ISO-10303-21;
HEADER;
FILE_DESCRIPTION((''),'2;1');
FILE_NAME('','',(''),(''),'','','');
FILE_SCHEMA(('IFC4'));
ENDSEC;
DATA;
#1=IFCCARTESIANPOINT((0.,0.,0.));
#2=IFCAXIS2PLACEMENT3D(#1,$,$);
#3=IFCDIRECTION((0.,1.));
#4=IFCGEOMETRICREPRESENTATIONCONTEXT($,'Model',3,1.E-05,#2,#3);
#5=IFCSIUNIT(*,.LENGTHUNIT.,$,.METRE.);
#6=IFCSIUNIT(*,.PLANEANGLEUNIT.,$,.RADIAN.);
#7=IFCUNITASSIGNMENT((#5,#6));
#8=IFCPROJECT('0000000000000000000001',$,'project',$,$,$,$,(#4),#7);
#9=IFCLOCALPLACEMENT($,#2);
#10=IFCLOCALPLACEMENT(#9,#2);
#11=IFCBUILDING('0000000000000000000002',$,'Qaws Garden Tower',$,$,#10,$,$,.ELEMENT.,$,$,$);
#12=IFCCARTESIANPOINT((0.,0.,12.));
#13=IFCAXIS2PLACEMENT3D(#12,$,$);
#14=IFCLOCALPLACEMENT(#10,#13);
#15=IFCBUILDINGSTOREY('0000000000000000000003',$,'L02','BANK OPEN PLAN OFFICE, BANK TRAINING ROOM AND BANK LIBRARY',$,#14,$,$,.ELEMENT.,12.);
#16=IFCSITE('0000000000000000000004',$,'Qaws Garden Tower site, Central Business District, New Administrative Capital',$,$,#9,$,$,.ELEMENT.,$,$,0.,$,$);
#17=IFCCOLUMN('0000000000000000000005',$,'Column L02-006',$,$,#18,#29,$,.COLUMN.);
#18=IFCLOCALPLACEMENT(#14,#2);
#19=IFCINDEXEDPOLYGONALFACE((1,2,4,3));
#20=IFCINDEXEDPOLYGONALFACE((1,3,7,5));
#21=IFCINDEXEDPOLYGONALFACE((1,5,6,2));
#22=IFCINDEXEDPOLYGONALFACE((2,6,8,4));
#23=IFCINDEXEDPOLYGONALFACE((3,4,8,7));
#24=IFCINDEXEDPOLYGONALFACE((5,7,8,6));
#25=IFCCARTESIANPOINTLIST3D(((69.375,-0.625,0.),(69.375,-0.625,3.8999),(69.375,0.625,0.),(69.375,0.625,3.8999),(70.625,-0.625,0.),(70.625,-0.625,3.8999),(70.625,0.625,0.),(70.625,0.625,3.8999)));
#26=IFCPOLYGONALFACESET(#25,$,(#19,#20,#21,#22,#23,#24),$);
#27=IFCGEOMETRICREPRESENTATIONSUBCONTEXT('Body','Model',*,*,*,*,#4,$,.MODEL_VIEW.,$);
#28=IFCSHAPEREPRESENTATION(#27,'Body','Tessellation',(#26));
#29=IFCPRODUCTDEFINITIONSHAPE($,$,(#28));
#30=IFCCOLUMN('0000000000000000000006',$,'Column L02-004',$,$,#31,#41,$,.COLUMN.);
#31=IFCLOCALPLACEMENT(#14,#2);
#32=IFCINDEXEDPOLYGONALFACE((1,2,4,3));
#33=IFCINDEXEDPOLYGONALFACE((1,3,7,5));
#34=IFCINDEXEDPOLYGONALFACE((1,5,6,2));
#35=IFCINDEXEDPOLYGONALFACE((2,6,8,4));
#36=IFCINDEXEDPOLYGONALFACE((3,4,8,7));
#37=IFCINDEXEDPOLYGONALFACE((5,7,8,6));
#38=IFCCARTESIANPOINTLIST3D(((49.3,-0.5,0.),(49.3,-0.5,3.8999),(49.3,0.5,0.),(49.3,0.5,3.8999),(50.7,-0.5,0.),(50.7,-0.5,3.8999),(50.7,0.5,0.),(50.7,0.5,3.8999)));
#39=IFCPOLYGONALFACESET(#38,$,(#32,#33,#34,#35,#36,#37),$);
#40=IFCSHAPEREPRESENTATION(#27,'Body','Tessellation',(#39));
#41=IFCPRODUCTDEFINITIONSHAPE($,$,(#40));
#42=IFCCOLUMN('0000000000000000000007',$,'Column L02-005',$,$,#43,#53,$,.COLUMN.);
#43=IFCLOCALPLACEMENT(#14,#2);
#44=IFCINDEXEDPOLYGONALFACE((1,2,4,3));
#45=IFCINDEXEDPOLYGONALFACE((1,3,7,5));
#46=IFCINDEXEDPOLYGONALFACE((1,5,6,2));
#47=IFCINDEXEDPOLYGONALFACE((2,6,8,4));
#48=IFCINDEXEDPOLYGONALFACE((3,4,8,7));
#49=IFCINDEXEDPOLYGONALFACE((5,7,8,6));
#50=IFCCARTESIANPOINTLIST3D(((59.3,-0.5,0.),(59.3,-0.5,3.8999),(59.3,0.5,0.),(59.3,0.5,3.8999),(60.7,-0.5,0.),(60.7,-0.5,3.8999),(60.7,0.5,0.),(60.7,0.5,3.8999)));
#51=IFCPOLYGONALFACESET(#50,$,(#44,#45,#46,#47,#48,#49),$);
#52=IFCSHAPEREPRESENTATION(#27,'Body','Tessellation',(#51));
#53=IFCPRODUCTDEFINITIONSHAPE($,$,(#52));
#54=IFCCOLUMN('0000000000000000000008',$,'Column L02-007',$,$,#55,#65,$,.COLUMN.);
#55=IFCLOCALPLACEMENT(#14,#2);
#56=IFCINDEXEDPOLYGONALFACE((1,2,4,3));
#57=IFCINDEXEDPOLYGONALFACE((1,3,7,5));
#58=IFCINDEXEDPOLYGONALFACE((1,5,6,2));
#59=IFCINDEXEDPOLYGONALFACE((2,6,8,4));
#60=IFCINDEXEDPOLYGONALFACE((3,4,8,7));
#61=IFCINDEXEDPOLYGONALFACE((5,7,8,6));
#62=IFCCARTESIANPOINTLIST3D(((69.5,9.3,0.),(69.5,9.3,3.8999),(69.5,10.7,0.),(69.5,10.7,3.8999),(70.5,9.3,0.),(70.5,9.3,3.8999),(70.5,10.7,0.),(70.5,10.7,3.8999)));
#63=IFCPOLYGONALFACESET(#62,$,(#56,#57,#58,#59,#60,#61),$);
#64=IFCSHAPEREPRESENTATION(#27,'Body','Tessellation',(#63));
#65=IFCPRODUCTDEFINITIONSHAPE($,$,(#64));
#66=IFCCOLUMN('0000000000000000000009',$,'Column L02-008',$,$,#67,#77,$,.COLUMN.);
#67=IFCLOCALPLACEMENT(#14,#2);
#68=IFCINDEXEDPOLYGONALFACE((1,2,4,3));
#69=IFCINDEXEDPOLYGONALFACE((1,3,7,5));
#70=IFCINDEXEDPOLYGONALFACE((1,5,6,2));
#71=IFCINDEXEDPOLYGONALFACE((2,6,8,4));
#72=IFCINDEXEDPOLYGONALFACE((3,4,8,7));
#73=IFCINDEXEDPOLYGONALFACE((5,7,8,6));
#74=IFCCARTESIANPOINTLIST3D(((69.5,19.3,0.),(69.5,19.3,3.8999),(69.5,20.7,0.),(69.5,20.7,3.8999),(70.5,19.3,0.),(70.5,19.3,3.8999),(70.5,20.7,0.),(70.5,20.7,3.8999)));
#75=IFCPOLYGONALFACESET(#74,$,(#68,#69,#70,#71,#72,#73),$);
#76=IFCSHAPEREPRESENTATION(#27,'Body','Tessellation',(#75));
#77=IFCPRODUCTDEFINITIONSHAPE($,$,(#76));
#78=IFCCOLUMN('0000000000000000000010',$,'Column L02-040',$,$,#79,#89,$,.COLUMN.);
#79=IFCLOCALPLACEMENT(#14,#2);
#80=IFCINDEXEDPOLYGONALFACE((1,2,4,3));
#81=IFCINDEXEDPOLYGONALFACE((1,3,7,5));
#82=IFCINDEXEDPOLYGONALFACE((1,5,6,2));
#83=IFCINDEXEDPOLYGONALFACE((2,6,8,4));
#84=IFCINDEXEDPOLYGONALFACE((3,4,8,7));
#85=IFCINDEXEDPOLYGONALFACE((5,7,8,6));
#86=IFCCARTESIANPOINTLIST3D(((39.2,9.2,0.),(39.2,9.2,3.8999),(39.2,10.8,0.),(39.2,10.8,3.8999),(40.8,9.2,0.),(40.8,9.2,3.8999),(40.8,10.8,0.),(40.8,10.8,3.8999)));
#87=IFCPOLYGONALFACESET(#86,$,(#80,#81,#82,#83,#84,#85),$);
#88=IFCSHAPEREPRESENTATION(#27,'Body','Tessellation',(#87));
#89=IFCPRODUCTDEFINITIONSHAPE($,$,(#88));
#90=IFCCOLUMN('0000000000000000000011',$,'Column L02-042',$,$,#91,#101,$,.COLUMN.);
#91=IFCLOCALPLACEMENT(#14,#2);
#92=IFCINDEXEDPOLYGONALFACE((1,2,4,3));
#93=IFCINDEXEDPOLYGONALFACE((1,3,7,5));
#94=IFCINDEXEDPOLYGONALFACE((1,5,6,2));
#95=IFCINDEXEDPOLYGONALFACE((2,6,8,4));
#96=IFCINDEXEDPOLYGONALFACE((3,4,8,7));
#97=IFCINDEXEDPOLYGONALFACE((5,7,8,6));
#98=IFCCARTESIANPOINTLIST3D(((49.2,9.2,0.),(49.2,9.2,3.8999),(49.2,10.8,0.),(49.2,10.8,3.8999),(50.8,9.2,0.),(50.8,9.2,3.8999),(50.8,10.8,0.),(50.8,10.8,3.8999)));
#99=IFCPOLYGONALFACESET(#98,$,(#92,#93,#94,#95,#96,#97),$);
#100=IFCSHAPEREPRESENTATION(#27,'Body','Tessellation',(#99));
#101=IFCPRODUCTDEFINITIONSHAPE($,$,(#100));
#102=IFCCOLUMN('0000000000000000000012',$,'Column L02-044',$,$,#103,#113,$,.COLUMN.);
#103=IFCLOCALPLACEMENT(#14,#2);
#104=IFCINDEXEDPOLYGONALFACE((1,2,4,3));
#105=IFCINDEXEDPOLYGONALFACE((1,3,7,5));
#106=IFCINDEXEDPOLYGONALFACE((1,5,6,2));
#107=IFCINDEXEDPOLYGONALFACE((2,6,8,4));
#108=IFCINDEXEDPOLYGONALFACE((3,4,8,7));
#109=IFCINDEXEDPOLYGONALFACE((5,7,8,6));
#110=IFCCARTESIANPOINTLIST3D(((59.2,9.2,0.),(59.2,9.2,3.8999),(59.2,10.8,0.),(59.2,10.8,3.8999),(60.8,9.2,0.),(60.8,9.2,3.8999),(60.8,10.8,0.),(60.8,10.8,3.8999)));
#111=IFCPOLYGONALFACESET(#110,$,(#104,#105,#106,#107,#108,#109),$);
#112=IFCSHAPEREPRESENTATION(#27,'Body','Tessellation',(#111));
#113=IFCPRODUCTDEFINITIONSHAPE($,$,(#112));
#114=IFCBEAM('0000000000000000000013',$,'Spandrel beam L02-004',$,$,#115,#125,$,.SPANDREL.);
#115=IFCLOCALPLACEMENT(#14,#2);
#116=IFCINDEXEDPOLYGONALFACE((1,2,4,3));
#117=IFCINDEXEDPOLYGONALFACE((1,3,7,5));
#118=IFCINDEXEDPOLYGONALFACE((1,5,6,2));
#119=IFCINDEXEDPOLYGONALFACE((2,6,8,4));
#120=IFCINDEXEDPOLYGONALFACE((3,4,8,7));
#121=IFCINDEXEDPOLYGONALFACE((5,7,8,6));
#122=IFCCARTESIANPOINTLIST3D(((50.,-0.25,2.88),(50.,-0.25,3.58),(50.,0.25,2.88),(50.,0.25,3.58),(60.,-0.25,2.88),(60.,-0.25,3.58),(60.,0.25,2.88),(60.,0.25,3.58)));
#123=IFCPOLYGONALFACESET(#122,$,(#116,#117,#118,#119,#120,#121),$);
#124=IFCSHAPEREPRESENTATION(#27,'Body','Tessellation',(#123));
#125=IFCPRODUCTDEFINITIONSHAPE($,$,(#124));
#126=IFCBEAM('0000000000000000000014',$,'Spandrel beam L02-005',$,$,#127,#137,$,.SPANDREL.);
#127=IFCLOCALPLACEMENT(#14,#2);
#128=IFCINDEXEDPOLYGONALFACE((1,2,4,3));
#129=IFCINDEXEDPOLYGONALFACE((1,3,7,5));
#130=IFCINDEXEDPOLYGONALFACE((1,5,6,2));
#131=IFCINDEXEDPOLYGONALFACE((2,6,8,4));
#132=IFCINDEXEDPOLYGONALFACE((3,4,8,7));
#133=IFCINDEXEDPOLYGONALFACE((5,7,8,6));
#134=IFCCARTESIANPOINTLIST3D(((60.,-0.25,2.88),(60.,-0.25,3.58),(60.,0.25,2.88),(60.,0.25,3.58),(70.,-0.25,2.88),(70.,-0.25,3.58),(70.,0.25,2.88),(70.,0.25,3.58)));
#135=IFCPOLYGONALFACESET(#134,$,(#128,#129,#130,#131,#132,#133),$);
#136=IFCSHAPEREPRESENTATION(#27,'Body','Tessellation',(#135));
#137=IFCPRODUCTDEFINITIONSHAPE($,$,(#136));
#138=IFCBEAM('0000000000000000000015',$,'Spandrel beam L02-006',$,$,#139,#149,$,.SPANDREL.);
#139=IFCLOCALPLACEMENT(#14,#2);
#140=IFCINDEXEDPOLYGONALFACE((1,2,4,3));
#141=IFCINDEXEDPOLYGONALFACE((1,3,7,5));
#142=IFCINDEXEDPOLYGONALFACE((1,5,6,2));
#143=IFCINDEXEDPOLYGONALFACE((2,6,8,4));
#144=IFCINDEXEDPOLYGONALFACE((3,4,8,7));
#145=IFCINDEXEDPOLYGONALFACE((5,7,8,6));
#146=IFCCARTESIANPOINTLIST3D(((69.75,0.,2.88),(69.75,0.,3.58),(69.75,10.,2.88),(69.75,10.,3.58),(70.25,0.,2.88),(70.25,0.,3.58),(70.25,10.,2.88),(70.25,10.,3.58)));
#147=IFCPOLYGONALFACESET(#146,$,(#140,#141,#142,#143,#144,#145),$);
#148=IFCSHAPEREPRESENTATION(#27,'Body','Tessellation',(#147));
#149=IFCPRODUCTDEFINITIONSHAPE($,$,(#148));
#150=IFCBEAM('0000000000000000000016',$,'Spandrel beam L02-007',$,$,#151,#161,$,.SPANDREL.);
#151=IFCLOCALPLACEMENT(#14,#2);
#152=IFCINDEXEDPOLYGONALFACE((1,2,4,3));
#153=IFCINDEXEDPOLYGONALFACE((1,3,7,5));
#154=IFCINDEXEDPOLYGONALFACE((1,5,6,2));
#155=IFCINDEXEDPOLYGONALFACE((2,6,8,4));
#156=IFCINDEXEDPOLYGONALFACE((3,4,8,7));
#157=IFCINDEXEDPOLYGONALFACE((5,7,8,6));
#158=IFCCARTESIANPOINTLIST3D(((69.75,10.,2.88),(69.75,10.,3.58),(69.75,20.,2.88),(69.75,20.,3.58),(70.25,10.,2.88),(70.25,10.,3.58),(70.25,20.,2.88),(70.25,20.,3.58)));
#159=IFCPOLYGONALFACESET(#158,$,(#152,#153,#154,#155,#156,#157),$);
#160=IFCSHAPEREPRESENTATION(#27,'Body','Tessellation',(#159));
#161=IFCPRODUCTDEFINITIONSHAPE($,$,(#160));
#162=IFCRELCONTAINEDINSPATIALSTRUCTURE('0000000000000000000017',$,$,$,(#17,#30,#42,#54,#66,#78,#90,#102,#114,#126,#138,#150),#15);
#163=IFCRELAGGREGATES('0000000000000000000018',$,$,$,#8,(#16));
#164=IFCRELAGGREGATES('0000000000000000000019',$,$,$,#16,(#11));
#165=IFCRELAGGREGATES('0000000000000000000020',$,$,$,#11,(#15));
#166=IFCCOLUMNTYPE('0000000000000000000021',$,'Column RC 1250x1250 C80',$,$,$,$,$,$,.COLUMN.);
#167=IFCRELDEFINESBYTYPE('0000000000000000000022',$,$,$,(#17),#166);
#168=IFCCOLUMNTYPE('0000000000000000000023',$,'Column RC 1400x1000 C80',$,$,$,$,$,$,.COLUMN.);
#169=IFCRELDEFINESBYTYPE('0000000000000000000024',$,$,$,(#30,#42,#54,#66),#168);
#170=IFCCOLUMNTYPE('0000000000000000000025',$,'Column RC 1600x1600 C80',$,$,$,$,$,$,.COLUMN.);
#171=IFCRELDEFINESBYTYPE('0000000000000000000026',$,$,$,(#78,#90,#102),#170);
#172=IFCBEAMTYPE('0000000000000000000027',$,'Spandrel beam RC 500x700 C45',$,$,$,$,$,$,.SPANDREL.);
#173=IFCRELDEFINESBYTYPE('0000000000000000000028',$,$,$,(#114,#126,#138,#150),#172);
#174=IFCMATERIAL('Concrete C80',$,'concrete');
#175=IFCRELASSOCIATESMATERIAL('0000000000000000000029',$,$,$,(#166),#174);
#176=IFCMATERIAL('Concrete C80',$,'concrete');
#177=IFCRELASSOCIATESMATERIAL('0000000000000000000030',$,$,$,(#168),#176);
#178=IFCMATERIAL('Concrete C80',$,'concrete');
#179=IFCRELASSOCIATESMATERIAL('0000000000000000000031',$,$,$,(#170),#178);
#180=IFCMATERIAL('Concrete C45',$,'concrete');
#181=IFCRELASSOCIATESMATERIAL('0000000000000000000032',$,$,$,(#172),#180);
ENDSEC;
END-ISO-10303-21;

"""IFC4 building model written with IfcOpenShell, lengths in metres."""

from ifc_helpers import new_model, si_unit, direction, frame, origin, origin_2d, place, context, subcontext, project, spatial, rectangle, extrude, material, material_profile, profile_set, type_object, element, save


model = new_model("IFC4")

# Units and contexts
model_context = context("Model", 3, precision=1e-05, world=origin(), true_north=direction((0.0, 1.0)))
body_context = subcontext(model_context, "Body", "Model", "MODEL_VIEW")
ifc_project = project(units=[si_unit("LENGTHUNIT", "METRE"), si_unit("PLANEANGLEUNIT", "RADIAN")], contexts=[model_context])

# Site, building, storey
site_placement = place(None, origin())
site = spatial("IfcSite", under=ifc_project, at=site_placement, Name="Qaws Garden Tower site, Central Business District, New Administrative Capital", CompositionType="ELEMENT", RefElevation=0.0)
building_placement = place(site_placement, origin())
building = spatial("IfcBuilding", under=site, at=building_placement, Name="Qaws Garden Tower", CompositionType="ELEMENT")
storey_placement = place(building_placement, frame((0.0, 0.0, 12.0)))
storey = spatial("IfcBuildingStorey", under=building, at=storey_placement, Name="L02", Description="BANK OPEN PLAN OFFICE, BANK TRAINING ROOM AND BANK LIBRARY", CompositionType="ELEMENT", Elevation=12.0)

# Columns
ifc_material_1 = material(Name="Concrete C80", Category="concrete")
ifc_material_profile_1 = material_profile(ifc_material_1, rectangle(XDim=1.25, YDim=1.25, at=origin_2d()), Name="RC 1250x1250")
ifc_profile_set_1 = profile_set([ifc_material_profile_1], Name="Concrete C80")
column_type_1 = type_object("IfcColumnType", Name="Column RC 1250x1250 C80", PredefinedType="COLUMN", material=ifc_profile_set_1)
column_placement = place(storey_placement, frame((70.0, 0.0, 0.0), z_axis=(0.0, 0.0, 1.0), x_axis=(1.0, 0.0, 0.0)))
element("IfcColumn", 1, at=column_placement, inside=storey, type_object=column_type_1, Name="Column L02-006", PredefinedType="COLUMN", context=body_context, shape_type="SweptSolid", body=[
    extrude(rectangle(XDim=1.25, YDim=1.25, at=origin_2d()), origin(), (0.0, 0.0, 1.0), 3.8999),
])
ifc_material_2 = material(Name="Concrete C80", Category="concrete")
ifc_material_profile_2 = material_profile(ifc_material_2, rectangle(XDim=1.3999, YDim=1.0, at=origin_2d()), Name="RC 1400x1000")
ifc_profile_set_2 = profile_set([ifc_material_profile_2], Name="Concrete C80")
column_type_2 = type_object("IfcColumnType", Name="Column RC 1400x1000 C80", PredefinedType="COLUMN", material=ifc_profile_set_2)
for number, where, z_axis, x_axis, name in (
    (2, (50.0, 0.0, 0.0), (0.0, 0.0, 1.0), (1.0, 0.0, 0.0), "Column L02-004"),
    (3, (60.0, 0.0, 0.0), (0.0, 0.0, 1.0), (1.0, 0.0, 0.0), "Column L02-005"),
    (4, (70.0, 10.0, 0.0), (0.0, 0.0, 1.0), (0.0, 1.0, 0.0), "Column L02-007"),
    (5, (70.0, 20.0, 0.0), (0.0, 0.0, 1.0), (0.0, 1.0, 0.0), "Column L02-008"),
):
    element("IfcColumn", number, at=place(storey_placement, frame(where, z_axis=z_axis, x_axis=x_axis)), inside=storey, type_object=column_type_2, Name=name, PredefinedType="COLUMN", context=body_context, shape_type="SweptSolid", body=[
        extrude(rectangle(XDim=1.3999, YDim=1.0, at=origin_2d()), origin(), (0.0, 0.0, 1.0), 3.8999),
    ])
ifc_material_3 = material(Name="Concrete C80", Category="concrete")
ifc_material_profile_3 = material_profile(ifc_material_3, rectangle(XDim=1.6001, YDim=1.6001, at=origin_2d()), Name="RC 1600x1600")
ifc_profile_set_3 = profile_set([ifc_material_profile_3], Name="Concrete C80")
column_type_3 = type_object("IfcColumnType", Name="Column RC 1600x1600 C80", PredefinedType="COLUMN", material=ifc_profile_set_3)
for number, where, z_axis, x_axis, name in (
    (6, (40.0, 10.0, 0.0), (0.0, 0.0, 1.0), (1.0, 0.0, 0.0), "Column L02-040"),
    (7, (50.0, 10.0, 0.0), (0.0, 0.0, 1.0), (1.0, 0.0, 0.0), "Column L02-042"),
    (8, (60.0, 10.0, 0.0), (0.0, 0.0, 1.0), (1.0, 0.0, 0.0), "Column L02-044"),
):
    element("IfcColumn", number, at=place(storey_placement, frame(where, z_axis=z_axis, x_axis=x_axis)), inside=storey, type_object=column_type_3, Name=name, PredefinedType="COLUMN", context=body_context, shape_type="SweptSolid", body=[
        extrude(rectangle(XDim=1.6001, YDim=1.6001, at=origin_2d()), origin(), (0.0, 0.0, 1.0), 3.8999),
    ])

# Beams
ifc_material_4 = material(Name="Concrete C45", Category="concrete")
ifc_material_profile_4 = material_profile(ifc_material_4, rectangle(XDim=0.5, YDim=0.7, at=origin_2d()), Name="RC 500x700")
ifc_profile_set_4 = profile_set([ifc_material_profile_4], Name="Concrete C45")
beam_type = type_object("IfcBeamType", Name="Spandrel beam RC 500x700 C45", PredefinedType="SPANDREL", material=ifc_profile_set_4)
for number, where, z_axis, x_axis, name in (
    (9, (50.0, 0.0, 3.23), (1.0, 0.0, 0.0), (0.0, 1.0, 0.0), "Spandrel beam L02-004"),
    (10, (60.0, 0.0, 3.23), (1.0, 0.0, 0.0), (0.0, 1.0, 0.0), "Spandrel beam L02-005"),
    (11, (70.0, 0.0, 3.23), (0.0, 1.0, 0.0), (-1.0, 0.0, 0.0), "Spandrel beam L02-006"),
    (12, (70.0, 10.0, 3.23), (0.0, 1.0, 0.0), (-1.0, 0.0, 0.0), "Spandrel beam L02-007"),
):
    element("IfcBeam", number, at=place(storey_placement, frame(where, z_axis=z_axis, x_axis=x_axis)), inside=storey, type_object=beam_type, Name=name, PredefinedType="SPANDREL", context=body_context, shape_type="SweptSolid", body=[
        extrude(rectangle(XDim=0.5, YDim=0.7, at=origin_2d()), origin(), (0.0, 0.0, 1.0), 10.0),
    ])

save(model, "model.ifc")
